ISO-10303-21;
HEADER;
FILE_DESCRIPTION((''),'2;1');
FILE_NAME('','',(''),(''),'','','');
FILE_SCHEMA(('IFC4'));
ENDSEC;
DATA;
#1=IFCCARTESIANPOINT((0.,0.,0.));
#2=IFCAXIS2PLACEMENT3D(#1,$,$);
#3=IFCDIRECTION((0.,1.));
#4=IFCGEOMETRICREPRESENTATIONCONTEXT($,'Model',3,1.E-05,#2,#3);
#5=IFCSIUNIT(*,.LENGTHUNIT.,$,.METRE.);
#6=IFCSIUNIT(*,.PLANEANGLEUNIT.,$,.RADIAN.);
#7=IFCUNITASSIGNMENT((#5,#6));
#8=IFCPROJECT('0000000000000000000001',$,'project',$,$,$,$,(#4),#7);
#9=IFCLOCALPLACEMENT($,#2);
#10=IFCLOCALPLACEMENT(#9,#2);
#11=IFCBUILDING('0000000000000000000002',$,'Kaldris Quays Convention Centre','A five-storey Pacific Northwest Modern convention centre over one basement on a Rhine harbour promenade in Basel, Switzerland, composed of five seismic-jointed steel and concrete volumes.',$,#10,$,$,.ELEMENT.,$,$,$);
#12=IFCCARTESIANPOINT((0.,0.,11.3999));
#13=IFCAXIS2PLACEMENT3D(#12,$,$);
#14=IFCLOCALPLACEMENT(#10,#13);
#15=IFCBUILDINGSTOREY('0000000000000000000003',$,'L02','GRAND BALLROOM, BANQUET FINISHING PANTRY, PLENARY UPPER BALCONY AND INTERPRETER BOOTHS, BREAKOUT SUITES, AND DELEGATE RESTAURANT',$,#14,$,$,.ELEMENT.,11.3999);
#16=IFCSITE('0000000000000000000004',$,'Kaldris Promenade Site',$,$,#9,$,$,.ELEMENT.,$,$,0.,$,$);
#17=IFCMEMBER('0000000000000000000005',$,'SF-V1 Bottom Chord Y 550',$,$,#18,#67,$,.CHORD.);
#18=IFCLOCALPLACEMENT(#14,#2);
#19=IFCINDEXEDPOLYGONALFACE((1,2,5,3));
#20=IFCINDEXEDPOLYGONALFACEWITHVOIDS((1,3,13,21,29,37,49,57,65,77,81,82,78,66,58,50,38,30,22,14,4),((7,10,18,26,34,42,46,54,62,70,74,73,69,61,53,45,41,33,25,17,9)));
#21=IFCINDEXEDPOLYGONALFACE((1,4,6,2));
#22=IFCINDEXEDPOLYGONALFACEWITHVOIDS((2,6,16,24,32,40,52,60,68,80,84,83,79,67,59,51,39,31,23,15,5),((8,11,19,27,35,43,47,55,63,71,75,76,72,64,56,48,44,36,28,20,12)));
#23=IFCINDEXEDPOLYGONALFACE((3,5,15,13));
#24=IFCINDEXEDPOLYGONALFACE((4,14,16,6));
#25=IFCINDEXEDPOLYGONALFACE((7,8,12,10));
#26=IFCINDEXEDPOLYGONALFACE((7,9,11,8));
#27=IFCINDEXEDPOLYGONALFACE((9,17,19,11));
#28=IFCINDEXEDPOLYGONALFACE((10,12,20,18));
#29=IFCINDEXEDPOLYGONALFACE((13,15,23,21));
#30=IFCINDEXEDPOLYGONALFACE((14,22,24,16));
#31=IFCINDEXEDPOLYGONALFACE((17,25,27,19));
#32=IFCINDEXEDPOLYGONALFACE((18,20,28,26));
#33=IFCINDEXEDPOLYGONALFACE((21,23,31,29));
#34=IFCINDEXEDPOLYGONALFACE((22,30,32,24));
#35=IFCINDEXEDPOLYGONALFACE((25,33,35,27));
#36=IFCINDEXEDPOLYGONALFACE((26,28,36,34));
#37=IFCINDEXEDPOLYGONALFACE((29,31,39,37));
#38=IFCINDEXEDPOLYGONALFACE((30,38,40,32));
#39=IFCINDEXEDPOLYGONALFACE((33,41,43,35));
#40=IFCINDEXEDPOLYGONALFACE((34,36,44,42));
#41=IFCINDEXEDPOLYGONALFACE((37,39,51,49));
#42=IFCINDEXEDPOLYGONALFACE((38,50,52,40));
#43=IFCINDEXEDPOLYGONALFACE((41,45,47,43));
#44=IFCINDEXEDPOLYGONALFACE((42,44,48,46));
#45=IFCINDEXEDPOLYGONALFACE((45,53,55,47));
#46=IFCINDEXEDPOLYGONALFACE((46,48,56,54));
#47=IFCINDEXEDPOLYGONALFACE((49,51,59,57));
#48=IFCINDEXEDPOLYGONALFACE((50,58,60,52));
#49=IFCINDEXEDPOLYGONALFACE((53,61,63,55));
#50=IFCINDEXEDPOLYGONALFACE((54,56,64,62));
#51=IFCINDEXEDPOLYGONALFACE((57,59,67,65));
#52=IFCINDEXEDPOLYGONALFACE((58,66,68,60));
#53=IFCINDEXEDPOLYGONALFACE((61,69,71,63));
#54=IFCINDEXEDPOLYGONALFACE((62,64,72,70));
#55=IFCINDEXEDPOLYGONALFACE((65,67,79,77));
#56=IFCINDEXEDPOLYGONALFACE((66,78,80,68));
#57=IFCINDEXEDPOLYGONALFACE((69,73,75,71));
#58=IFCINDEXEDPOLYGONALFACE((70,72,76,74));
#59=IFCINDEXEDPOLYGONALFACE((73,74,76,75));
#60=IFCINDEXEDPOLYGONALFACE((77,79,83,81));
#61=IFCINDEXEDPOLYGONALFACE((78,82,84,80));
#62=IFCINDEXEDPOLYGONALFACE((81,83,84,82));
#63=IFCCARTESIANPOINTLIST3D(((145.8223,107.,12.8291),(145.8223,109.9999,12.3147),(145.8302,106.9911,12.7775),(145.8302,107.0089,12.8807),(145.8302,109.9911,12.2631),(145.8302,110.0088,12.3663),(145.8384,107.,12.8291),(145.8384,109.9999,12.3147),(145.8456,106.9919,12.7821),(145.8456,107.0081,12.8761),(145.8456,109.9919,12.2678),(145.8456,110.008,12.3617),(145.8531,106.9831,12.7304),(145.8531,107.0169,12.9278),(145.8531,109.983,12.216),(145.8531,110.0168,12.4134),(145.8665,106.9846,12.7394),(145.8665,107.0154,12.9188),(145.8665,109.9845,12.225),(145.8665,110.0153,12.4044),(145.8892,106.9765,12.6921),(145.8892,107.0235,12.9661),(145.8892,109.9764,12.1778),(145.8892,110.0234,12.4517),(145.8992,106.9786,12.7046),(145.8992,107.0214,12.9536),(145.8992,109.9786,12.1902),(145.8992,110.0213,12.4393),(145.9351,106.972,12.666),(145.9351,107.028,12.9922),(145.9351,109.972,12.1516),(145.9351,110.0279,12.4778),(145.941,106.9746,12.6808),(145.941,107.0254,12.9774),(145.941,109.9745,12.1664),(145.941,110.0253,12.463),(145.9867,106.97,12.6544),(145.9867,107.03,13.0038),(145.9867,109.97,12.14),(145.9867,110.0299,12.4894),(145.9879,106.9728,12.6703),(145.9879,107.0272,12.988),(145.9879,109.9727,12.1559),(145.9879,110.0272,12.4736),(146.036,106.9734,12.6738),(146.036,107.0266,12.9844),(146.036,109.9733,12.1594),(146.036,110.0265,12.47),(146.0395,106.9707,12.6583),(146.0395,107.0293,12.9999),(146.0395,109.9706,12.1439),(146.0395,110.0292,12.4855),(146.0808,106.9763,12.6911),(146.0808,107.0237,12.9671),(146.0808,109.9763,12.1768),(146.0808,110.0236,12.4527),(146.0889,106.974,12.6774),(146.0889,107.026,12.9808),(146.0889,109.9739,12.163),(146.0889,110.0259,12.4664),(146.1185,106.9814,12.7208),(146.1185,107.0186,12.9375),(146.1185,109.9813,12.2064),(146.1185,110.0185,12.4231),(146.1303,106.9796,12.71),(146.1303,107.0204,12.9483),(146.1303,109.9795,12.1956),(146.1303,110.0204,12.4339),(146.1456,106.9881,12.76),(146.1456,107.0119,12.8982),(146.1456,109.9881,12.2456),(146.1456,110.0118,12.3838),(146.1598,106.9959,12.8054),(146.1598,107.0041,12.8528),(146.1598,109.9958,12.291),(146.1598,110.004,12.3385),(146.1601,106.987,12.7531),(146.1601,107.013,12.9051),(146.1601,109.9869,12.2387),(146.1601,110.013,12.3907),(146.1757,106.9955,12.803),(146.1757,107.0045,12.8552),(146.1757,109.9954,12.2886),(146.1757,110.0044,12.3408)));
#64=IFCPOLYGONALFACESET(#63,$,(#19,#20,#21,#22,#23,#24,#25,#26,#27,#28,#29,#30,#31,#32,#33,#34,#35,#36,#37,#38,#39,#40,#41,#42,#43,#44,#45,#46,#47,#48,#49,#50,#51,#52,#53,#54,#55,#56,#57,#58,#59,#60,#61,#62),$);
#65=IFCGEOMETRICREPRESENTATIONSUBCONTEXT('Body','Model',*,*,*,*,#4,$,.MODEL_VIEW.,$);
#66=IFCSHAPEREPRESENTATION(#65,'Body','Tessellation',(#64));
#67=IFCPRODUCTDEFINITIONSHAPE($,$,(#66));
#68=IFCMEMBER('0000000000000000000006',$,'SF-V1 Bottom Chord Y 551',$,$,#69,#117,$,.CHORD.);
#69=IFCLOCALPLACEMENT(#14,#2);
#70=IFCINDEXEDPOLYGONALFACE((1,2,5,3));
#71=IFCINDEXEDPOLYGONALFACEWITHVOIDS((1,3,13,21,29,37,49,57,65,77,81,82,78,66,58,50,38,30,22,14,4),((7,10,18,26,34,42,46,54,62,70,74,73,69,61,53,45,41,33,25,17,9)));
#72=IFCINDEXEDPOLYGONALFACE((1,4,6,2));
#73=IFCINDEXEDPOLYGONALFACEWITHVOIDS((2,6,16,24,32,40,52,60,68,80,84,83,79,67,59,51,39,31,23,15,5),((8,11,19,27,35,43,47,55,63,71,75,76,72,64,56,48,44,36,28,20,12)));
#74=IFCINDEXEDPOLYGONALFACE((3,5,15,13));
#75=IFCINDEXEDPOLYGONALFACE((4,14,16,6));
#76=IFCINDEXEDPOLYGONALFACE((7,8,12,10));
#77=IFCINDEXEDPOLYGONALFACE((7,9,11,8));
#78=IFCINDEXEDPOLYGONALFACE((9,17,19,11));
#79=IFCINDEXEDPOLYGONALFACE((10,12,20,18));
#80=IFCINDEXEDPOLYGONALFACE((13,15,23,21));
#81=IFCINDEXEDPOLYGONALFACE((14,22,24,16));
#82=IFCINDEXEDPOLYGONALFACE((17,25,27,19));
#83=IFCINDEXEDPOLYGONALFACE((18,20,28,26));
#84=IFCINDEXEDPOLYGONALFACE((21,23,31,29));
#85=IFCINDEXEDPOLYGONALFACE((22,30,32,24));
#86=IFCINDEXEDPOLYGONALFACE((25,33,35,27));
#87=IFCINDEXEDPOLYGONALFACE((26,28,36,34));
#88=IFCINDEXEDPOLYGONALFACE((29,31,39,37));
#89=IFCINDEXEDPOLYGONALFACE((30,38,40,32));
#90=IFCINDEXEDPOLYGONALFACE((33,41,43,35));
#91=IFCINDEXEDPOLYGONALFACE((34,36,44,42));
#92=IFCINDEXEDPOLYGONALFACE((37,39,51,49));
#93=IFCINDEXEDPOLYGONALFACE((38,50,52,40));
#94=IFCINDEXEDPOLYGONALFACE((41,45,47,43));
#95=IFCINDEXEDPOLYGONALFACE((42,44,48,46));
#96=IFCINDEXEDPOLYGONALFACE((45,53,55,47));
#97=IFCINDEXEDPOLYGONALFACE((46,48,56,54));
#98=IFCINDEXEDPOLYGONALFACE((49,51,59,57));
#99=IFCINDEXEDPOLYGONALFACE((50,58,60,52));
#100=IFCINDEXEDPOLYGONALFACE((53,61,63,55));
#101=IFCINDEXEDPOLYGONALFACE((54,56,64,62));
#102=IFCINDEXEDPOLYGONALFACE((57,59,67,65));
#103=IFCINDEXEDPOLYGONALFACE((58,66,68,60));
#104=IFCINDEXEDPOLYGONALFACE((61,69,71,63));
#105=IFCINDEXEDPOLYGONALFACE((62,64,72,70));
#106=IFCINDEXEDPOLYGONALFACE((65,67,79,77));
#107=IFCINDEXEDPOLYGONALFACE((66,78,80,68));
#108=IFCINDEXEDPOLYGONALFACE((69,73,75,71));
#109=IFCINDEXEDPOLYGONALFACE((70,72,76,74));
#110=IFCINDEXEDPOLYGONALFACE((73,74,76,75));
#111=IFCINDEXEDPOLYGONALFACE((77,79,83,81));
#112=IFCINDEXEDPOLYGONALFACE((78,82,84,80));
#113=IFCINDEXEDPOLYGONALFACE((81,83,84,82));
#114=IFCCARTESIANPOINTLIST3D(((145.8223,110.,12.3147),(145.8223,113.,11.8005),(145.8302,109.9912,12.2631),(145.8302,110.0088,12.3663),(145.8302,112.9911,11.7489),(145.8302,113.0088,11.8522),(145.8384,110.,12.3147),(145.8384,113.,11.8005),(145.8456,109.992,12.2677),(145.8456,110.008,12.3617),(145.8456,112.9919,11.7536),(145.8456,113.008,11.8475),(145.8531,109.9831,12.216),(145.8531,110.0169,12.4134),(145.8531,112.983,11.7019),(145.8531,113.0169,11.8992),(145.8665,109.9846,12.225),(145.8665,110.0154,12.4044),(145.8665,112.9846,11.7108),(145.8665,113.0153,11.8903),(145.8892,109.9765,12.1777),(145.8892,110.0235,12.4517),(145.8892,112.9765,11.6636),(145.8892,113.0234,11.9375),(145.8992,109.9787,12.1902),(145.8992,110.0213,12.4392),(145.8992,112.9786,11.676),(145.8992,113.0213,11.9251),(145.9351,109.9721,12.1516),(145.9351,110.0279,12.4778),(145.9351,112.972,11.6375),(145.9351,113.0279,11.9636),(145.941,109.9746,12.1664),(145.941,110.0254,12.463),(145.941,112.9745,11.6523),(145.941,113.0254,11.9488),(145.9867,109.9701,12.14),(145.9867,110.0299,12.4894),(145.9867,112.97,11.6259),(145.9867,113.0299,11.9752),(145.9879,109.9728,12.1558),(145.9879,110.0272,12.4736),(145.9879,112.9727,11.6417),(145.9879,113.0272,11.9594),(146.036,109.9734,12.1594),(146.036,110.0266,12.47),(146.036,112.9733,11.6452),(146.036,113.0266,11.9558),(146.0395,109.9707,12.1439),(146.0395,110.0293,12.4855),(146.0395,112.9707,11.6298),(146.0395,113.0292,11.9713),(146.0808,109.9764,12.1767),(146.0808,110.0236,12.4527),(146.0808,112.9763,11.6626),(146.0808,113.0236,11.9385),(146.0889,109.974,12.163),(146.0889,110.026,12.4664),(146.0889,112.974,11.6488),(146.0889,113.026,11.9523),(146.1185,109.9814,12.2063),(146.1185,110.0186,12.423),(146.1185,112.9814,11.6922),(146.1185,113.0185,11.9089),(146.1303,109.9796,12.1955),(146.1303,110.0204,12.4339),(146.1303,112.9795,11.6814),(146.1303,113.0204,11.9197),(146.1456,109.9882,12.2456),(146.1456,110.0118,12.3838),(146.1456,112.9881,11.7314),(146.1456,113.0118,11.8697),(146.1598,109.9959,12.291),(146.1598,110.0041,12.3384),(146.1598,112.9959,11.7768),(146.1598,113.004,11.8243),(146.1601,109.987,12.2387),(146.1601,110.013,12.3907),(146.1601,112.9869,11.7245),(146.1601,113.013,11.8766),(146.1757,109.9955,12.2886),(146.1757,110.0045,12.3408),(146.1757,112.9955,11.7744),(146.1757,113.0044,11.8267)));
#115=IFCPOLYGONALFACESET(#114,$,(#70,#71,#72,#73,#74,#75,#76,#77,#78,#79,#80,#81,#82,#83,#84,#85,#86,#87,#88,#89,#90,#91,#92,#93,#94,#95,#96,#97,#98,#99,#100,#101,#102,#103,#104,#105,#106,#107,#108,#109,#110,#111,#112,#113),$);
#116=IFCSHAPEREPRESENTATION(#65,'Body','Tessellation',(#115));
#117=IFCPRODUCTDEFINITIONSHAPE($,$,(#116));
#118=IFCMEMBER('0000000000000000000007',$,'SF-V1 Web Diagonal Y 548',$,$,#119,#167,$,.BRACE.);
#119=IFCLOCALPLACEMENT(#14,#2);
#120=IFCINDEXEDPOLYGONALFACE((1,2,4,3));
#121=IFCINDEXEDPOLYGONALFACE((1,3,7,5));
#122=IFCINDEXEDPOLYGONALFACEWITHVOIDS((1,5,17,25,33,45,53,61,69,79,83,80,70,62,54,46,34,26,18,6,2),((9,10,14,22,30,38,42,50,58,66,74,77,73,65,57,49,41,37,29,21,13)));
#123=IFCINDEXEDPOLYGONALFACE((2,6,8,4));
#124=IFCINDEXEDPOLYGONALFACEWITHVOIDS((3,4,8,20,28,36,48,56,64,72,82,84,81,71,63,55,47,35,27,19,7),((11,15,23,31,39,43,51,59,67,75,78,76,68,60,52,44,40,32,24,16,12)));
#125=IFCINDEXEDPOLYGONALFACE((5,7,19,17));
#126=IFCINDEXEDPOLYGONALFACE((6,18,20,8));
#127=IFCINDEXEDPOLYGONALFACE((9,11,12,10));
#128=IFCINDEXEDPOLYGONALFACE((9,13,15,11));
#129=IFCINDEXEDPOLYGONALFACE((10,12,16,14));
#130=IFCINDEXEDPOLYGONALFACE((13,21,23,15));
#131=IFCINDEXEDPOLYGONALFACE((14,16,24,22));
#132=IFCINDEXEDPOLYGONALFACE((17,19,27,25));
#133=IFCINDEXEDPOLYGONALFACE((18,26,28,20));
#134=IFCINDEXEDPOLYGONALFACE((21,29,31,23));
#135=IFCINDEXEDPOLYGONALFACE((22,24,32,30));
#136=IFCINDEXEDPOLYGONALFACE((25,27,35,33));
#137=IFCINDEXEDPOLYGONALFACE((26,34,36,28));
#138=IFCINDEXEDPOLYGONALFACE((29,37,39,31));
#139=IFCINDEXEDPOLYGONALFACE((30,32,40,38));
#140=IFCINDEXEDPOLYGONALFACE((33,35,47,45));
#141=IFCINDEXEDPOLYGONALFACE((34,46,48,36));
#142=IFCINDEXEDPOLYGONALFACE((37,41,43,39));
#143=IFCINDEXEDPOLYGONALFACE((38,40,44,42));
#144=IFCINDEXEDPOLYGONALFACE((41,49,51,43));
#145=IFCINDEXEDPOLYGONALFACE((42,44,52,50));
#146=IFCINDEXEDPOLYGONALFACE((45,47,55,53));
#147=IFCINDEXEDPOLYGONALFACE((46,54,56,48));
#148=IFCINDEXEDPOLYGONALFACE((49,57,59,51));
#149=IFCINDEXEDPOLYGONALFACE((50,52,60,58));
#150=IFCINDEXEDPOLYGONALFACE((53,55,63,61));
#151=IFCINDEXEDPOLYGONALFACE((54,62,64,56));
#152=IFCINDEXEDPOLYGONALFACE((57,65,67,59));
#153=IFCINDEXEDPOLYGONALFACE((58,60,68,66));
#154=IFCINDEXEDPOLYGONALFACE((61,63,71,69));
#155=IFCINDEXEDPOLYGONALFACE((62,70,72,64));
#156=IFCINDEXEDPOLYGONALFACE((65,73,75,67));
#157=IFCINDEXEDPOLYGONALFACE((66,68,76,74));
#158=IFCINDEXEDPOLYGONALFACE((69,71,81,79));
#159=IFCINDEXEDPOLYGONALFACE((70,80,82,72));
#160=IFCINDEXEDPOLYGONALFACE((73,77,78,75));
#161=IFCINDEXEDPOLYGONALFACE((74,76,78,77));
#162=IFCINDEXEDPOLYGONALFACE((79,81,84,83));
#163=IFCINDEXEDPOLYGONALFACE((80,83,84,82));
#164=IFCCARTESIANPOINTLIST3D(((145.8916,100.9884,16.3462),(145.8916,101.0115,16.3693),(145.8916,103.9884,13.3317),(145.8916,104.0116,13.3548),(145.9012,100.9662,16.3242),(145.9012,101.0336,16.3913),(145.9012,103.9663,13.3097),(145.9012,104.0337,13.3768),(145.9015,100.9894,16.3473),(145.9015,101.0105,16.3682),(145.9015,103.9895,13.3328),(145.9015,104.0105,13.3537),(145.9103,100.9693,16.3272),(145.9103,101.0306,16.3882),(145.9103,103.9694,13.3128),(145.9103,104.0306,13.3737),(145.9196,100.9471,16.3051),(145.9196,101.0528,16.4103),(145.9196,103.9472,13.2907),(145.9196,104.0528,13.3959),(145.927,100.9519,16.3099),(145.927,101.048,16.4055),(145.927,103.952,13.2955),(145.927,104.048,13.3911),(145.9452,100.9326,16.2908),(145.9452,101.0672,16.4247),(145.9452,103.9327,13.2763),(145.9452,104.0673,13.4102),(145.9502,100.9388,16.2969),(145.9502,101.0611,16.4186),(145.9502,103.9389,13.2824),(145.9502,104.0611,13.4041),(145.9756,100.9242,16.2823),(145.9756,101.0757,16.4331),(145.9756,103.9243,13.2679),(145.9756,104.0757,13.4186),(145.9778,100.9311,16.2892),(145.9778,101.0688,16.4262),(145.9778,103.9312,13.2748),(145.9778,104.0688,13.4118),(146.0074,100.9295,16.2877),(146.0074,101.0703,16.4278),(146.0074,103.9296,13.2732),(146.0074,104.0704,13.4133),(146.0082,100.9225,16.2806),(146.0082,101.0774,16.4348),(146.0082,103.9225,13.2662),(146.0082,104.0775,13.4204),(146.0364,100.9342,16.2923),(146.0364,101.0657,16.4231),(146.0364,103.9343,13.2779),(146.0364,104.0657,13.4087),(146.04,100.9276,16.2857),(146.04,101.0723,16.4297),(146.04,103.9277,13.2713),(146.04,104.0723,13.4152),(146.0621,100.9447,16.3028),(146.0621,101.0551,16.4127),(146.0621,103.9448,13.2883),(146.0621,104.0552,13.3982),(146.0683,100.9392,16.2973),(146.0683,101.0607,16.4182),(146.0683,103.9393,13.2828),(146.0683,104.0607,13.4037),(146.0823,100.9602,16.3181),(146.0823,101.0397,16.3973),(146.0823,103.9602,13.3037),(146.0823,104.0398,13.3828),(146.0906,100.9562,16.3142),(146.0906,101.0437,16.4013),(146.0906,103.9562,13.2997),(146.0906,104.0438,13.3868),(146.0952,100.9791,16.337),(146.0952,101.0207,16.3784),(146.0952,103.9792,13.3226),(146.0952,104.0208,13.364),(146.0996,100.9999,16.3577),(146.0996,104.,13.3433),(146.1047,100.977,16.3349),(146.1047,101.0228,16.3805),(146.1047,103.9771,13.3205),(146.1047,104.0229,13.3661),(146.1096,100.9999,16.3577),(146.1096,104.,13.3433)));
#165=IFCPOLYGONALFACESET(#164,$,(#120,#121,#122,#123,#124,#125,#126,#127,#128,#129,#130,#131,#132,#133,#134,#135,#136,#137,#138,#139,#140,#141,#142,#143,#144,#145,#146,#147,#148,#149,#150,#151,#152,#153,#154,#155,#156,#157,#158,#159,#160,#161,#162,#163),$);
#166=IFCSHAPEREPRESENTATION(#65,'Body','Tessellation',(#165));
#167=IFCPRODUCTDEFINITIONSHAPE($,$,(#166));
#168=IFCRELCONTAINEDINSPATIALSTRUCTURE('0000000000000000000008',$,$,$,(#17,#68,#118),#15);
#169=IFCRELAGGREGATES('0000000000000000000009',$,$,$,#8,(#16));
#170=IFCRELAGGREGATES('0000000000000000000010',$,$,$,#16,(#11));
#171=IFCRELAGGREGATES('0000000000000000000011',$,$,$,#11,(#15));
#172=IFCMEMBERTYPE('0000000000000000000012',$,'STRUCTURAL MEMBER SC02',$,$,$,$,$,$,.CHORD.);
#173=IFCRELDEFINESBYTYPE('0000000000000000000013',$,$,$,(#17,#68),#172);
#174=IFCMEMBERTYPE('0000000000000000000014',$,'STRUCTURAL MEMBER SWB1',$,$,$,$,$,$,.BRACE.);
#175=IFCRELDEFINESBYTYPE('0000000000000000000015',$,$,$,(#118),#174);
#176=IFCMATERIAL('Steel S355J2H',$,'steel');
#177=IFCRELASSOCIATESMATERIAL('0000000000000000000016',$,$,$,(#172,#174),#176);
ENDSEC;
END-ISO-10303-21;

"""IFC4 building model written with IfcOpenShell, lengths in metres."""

from ifc_helpers import new_model, si_unit, direction, frame, origin, origin_2d, place, context, subcontext, project, spatial, hollow_circle, extrude, material, material_profile, profile_set, type_object, element, save


model = new_model("IFC4")

# Units and contexts
model_context = context("Model", 3, precision=1e-05, world=origin(), true_north=direction((0.0, 1.0)))
body_context = subcontext(model_context, "Body", "Model", "MODEL_VIEW")
ifc_project = project(units=[si_unit("LENGTHUNIT", "METRE"), si_unit("PLANEANGLEUNIT", "RADIAN")], contexts=[model_context])

# Site, building, storey
site_placement = place(None, origin())
site = spatial("IfcSite", under=ifc_project, at=site_placement, Name="Kaldris Promenade Site", CompositionType="ELEMENT", RefElevation=0.0)
building_placement = place(site_placement, origin())
building = spatial("IfcBuilding", under=site, at=building_placement, Name="Kaldris Quays Convention Centre", Description="A five-storey Pacific Northwest Modern convention centre over one basement on a Rhine harbour promenade in Basel, Switzerland, composed of five seismic-jointed steel and concrete volumes.", CompositionType="ELEMENT")
storey_placement = place(building_placement, frame((0.0, 0.0, 11.3999)))
storey = spatial("IfcBuildingStorey", under=building, at=storey_placement, Name="L02", Description="GRAND BALLROOM, BANQUET FINISHING PANTRY, PLENARY UPPER BALCONY AND INTERPRETER BOOTHS, BREAKOUT SUITES, AND DELEGATE RESTAURANT", CompositionType="ELEMENT", Elevation=11.3999)

# Members
ifc_material_1 = material(Name="Steel S355J2H", Category="steel")
ifc_material_profile_1 = material_profile(ifc_material_1, hollow_circle(Radius=0.1777, WallThickness=0.0161, at=origin_2d()), Name="CHS 355.6x16")
ifc_profile_set_1 = profile_set([ifc_material_profile_1], Name="Steel S355J2H")
member_type_1 = type_object("IfcMemberType", Name="STRUCTURAL MEMBER SC02", PredefinedType="CHORD", material=ifc_profile_set_1)
for number, where, z_axis, x_axis, name in (
    (1, (146.0, 107.0, 12.8291), (0.0, 0.985616, -0.169002), (-1.0, 0.0, 0.0), "SF-V1 Bottom Chord Y 550"),
    (2, (146.0, 110.0, 12.3147), (0.0, 0.985629, -0.168924), (-1.0, 0.0, 0.0), "SF-V1 Bottom Chord Y 551"),
):
    element("IfcMember", number, at=place(storey_placement, frame(where, z_axis=z_axis, x_axis=x_axis)), inside=storey, type_object=member_type_1, Name=name, PredefinedType="CHORD", context=body_context, shape_type="SweptSolid", body=[
        extrude(hollow_circle(Radius=0.1777, WallThickness=0.0161, at=origin_2d()), origin(), (0.0, 0.0, 1.0), 3.0437),
    ])
ifc_material_profile_2 = material_profile(ifc_material_1, hollow_circle(Radius=0.1096, WallThickness=0.01, at=origin_2d()), Name="CHS 219.1x10")
ifc_profile_set_2 = profile_set([ifc_material_profile_2], Name="Steel S355J2H")
member_type_2 = type_object("IfcMemberType", Name="STRUCTURAL MEMBER SWB1", PredefinedType="BRACE", material=ifc_profile_set_2)
member_1_placement = place(storey_placement, frame((146.0, 104.0, 13.3433), z_axis=(0.0, -0.705411, 0.708798), x_axis=(1.0, 0.0, 0.0)))
element("IfcMember", 3, at=member_1_placement, inside=storey, type_object=member_type_2, Name="SF-V1 Web Diagonal Y 548", PredefinedType="BRACE", context=body_context, shape_type="SweptSolid", body=[
    extrude(hollow_circle(Radius=0.1096, WallThickness=0.01, at=origin_2d()), origin(), (0.0, 0.0, 1.0), 4.2529),
])

save(model, "model.ifc")
